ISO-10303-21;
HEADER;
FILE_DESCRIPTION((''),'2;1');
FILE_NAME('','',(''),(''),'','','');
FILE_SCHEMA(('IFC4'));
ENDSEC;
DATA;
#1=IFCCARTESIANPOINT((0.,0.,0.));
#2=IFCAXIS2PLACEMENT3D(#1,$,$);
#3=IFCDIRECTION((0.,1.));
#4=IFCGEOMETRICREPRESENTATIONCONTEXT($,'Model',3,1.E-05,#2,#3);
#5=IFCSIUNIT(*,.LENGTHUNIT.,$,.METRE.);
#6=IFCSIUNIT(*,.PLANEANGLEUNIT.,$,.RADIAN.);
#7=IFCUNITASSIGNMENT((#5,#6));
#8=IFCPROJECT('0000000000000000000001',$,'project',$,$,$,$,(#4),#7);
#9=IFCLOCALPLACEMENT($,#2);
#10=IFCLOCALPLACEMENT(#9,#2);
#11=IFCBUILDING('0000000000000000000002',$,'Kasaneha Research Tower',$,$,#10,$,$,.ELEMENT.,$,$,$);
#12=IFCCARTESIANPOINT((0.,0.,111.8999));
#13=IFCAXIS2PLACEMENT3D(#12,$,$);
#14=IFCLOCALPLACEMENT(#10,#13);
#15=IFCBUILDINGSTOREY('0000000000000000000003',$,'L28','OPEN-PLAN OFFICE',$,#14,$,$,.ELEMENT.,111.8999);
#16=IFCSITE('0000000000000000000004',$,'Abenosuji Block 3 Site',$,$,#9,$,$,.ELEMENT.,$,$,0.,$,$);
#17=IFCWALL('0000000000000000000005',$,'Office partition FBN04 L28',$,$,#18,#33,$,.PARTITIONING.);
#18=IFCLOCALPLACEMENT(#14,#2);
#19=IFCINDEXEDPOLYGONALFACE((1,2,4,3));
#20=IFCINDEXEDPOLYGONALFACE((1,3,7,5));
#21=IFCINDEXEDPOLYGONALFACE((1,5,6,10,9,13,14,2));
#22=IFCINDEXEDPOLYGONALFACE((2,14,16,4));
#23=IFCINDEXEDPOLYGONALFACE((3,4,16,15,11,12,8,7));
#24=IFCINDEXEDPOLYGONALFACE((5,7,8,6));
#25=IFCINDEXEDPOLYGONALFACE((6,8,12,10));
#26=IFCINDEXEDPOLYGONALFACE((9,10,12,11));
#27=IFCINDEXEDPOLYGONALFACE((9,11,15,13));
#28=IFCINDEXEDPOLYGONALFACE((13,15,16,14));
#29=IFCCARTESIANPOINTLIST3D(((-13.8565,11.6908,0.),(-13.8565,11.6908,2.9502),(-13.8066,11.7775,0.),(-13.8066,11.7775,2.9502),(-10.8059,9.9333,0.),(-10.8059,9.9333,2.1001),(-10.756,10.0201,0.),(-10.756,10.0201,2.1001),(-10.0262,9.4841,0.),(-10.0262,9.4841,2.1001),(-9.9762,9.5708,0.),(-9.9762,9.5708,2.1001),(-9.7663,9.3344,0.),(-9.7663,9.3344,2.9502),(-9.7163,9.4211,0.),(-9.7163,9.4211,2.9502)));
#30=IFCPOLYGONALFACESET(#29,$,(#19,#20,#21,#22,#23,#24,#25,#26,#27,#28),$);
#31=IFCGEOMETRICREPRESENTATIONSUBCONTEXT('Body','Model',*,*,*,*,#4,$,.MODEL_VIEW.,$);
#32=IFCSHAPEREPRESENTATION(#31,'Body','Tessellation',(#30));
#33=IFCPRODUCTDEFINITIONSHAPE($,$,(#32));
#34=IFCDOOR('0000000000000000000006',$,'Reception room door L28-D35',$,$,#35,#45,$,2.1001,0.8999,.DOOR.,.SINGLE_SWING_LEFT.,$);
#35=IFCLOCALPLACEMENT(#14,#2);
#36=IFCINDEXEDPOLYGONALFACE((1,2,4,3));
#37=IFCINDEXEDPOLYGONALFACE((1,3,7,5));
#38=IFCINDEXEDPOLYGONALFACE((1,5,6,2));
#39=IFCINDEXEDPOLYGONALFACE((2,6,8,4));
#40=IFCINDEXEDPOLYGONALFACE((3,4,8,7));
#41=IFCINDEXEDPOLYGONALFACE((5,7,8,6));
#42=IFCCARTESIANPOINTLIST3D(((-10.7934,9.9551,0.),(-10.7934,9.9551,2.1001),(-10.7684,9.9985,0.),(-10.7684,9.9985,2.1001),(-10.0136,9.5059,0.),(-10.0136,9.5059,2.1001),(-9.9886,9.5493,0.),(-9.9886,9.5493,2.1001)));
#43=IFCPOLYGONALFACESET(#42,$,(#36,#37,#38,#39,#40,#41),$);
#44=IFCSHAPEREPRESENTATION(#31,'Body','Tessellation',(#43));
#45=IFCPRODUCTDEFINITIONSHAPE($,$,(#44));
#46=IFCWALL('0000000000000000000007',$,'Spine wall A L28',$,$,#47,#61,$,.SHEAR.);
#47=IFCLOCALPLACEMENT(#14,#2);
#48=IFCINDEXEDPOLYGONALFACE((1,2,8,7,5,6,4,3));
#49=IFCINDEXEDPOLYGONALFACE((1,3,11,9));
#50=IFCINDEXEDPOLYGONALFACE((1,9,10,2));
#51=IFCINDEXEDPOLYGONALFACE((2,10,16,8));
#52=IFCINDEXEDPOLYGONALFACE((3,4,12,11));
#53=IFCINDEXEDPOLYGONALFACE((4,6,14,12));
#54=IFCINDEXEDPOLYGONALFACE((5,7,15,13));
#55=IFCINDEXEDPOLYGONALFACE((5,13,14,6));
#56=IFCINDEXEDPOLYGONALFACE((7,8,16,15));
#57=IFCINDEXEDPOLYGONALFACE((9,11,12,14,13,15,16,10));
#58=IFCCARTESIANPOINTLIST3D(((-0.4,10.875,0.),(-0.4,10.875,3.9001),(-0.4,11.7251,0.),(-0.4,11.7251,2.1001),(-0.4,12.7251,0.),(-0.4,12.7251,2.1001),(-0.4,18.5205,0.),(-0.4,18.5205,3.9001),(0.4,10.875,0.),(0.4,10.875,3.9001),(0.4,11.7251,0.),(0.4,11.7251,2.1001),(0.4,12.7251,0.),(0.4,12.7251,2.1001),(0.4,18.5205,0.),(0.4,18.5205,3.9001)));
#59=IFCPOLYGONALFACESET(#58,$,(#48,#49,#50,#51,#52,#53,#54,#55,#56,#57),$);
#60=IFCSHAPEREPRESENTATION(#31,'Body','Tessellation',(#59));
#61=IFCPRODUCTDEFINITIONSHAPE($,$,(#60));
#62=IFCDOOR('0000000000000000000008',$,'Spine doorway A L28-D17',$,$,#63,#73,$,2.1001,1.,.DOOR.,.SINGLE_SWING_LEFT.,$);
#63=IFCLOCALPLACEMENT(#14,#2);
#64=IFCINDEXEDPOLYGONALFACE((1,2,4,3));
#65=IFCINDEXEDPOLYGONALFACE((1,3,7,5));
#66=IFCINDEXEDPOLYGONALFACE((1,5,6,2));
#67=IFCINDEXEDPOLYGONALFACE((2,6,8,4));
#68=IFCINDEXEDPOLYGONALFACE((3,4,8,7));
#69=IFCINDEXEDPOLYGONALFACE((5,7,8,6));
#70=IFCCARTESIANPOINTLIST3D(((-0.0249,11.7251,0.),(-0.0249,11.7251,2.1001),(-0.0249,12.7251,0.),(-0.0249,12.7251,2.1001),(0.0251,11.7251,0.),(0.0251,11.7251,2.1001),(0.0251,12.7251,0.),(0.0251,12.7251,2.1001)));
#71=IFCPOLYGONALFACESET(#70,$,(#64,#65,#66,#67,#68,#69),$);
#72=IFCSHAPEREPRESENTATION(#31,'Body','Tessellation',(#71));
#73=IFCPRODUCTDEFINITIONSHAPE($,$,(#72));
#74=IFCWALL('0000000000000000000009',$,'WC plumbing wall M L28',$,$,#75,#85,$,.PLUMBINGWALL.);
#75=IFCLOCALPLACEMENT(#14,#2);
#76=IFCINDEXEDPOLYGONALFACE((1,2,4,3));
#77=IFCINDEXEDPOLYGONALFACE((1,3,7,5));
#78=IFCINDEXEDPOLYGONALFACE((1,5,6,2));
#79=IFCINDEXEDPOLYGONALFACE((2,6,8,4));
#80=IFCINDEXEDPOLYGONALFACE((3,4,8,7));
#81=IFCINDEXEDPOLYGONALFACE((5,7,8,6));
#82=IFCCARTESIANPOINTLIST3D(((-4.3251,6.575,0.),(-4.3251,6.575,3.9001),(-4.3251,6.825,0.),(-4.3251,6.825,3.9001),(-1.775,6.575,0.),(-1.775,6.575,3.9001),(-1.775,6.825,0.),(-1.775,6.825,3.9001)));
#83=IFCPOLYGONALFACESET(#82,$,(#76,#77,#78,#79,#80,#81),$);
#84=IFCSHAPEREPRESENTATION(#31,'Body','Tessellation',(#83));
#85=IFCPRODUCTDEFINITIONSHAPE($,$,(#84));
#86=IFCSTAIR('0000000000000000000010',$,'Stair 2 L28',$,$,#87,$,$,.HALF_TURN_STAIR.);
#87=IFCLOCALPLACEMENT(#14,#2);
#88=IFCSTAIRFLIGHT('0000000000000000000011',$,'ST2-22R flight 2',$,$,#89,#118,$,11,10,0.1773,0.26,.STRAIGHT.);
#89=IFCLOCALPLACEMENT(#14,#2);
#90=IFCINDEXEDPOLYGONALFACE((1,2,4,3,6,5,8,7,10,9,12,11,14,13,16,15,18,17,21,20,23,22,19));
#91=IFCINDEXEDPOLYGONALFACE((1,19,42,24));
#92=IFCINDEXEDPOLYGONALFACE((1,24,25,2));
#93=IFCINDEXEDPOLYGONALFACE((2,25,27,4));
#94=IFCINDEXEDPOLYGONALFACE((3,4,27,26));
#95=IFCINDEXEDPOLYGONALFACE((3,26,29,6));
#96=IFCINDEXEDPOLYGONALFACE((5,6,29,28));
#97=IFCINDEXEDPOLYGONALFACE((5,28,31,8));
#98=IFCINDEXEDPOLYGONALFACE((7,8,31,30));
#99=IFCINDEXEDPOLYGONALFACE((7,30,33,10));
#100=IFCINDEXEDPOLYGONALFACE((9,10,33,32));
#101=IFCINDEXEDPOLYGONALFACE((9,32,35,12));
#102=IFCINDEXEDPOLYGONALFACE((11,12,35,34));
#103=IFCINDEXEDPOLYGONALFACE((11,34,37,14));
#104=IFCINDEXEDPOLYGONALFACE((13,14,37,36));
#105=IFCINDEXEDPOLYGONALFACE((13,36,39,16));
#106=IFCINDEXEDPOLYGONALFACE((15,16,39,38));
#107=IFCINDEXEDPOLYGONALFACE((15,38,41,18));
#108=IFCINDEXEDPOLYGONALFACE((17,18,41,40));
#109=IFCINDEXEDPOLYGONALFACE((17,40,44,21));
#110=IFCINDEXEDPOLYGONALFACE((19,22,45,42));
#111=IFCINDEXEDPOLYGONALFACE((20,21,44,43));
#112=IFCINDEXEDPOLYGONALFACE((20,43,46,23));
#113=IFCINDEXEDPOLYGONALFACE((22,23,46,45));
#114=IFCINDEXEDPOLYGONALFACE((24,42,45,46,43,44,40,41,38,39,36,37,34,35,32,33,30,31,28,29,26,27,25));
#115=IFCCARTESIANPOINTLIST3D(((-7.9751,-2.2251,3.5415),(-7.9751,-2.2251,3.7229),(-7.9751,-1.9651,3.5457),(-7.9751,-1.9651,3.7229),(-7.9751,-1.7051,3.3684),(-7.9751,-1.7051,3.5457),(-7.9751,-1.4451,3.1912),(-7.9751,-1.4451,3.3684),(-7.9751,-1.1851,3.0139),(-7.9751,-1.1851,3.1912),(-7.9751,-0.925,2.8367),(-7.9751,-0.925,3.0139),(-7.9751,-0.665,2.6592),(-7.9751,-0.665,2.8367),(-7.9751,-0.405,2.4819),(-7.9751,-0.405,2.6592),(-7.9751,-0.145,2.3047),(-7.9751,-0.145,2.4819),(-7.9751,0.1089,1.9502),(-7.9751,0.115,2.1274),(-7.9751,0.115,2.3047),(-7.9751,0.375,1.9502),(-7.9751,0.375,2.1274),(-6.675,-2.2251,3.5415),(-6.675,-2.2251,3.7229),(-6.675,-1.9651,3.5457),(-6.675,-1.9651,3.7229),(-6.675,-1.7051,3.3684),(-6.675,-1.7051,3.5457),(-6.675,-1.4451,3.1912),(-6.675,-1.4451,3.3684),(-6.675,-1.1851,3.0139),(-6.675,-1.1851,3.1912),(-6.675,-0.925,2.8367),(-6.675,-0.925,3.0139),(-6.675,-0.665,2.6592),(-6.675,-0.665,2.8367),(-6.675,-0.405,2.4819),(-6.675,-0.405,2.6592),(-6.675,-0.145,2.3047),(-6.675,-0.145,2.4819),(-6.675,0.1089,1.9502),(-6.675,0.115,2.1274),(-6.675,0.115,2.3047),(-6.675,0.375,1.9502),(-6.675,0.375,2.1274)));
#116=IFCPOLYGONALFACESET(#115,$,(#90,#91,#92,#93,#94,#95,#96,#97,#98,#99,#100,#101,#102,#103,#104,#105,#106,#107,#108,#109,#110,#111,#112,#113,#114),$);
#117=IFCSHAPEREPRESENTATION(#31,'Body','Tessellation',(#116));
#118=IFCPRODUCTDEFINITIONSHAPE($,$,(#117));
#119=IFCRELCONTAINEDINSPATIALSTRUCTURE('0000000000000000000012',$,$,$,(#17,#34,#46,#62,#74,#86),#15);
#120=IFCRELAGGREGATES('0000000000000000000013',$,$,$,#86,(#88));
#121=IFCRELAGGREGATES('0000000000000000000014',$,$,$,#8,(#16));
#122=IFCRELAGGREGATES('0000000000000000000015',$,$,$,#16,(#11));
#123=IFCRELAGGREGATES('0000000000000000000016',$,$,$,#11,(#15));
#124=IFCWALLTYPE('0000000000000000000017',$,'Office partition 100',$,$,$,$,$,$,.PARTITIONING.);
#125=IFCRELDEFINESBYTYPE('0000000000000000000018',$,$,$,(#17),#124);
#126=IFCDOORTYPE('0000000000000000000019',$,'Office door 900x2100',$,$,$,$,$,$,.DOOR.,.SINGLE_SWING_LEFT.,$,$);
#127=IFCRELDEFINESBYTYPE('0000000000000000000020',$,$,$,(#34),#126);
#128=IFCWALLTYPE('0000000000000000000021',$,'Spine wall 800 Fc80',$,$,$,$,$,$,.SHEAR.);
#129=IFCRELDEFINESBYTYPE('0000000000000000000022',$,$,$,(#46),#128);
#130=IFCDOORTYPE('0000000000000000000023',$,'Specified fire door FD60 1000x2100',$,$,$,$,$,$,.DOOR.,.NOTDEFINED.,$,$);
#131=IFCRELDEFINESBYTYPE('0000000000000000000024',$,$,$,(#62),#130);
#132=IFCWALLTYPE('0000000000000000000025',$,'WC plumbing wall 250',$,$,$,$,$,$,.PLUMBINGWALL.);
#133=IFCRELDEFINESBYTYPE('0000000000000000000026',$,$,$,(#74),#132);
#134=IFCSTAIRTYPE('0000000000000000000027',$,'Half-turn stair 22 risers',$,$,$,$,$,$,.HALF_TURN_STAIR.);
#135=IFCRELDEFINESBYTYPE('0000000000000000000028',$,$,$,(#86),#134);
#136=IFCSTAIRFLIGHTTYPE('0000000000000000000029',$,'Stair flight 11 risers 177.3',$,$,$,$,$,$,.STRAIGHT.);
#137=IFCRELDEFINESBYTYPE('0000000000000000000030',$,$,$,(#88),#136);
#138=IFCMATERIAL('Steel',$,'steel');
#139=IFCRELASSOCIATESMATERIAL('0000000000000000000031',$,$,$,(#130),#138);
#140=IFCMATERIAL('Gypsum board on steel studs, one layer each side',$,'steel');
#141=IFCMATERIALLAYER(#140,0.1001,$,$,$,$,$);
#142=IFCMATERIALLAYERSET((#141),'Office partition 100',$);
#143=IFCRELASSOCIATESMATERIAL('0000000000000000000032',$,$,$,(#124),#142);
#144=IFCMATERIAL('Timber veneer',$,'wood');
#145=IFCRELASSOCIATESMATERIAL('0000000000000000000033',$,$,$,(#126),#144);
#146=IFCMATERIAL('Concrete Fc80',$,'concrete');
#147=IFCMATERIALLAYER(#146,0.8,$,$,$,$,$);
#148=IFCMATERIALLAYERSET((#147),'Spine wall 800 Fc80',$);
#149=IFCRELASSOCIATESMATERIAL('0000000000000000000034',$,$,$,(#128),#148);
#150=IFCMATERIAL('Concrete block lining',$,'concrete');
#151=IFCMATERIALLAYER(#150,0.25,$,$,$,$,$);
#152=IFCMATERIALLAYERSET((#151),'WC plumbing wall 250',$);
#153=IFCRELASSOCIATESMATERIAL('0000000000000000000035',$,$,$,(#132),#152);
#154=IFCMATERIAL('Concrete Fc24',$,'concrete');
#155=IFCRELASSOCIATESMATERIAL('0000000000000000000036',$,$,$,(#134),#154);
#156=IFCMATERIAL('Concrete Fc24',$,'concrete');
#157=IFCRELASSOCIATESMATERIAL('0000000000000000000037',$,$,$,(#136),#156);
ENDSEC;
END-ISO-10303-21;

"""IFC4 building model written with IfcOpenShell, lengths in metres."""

from ifc_helpers import new_model, si_unit, direction, frame, frame_2d, origin, place, context, subcontext, project, spatial, polyline, rectangle, outline, extrude, material, layer, layer_set, type_object, element, fill, aggregate, save


model = new_model("IFC4")

# Units and contexts
model_context = context("Model", 3, precision=1e-05, world=origin(), true_north=direction((0.0, 1.0)))
body_context = subcontext(model_context, "Body", "Model", "MODEL_VIEW")
ifc_project = project(units=[si_unit("LENGTHUNIT", "METRE"), si_unit("PLANEANGLEUNIT", "RADIAN")], contexts=[model_context])

# Site, building, storey
site_placement = place(None, origin())
site = spatial("IfcSite", under=ifc_project, at=site_placement, Name="Abenosuji Block 3 Site", CompositionType="ELEMENT", RefElevation=0.0)
building_placement = place(site_placement, origin())
building = spatial("IfcBuilding", under=site, at=building_placement, Name="Kasaneha Research Tower", CompositionType="ELEMENT")
storey_placement = place(building_placement, frame((0.0, 0.0, 111.8999)))
storey = spatial("IfcBuildingStorey", under=building, at=storey_placement, Name="L28", Description="OPEN-PLAN OFFICE", CompositionType="ELEMENT", Elevation=111.8999)

# Shared definitions
ifc_material_1 = material(Name="Steel", Category="steel")
door_type_1 = type_object("IfcDoorType", Name="Specified fire door FD60 1000x2100", OperationType="NOTDEFINED", PredefinedType="DOOR", material=ifc_material_1)

# Walls, openings, doors
ifc_material_2 = material(Name="Gypsum board on steel studs, one layer each side", Category="steel")
ifc_layer_1 = layer(ifc_material_2, 0.1001)
ifc_layer_set_1 = layer_set([ifc_layer_1], Name="Office partition 100")
wall_type_1 = type_object("IfcWallType", Name="Office partition 100", PredefinedType="PARTITIONING", material=ifc_layer_set_1)
wall_1_placement = place(storey_placement, frame((-9.7412, 9.3777, 0.0), z_axis=(0.0, 0.0, 1.0), x_axis=(-0.866494, 0.499188, 0.0)))
wall_1 = element("IfcWall", 1, at=wall_1_placement, inside=storey, type_object=wall_type_1, Name="Office partition FBN04 L28", PredefinedType="PARTITIONING", context=body_context, shape_type="SweptSolid", body=[
    extrude(rectangle(XDim=4.7205, YDim=0.1001, at=frame_2d((2.3604, 0.0))), origin(), (0.0, 0.0, 1.0), 2.9502),
])
opening_1_placement = place(wall_1_placement, frame((0.3, 0.0, 0.0)))
opening_1 = element("IfcOpeningElement", 2, at=opening_1_placement, cuts=wall_1, PredefinedType="OPENING", context=body_context, shape_type="SweptSolid", body=[
    extrude(rectangle(XDim=0.8999, YDim=2.1001, at=frame_2d((0.45, 1.05))), frame((0.0, 0.0601, 0.0), z_axis=(0.0, -1.0, 0.0), x_axis=(1.0, 0.0, 0.0)), (0.0, 0.0, 1.0), 0.1201),
])
ifc_material_3 = material(Name="Timber veneer", Category="wood")
door_type_2 = type_object("IfcDoorType", Name="Office door 900x2100", OperationType="SINGLE_SWING_LEFT", PredefinedType="DOOR", material=ifc_material_3)
door_1_placement = place(opening_1_placement, origin())
door_1 = element("IfcDoor", 3, at=door_1_placement, inside=storey, type_object=door_type_2, Name="Reception room door L28-D35", OperationType="SINGLE_SWING_LEFT", OverallHeight=2.1001, OverallWidth=0.8999, PredefinedType="DOOR", context=body_context, shape_type="SweptSolid", body=[
    extrude(rectangle(XDim=0.8999, YDim=2.1001, at=frame_2d((0.45, 1.05))), frame((0.0, 0.0249, 0.0), z_axis=(0.0, -1.0, 0.0), x_axis=(1.0, 0.0, 0.0)), (0.0, 0.0, 1.0), 0.05),
])
fill(opening_1, door_1)
ifc_material_4 = material(Name="Concrete Fc80", Category="concrete")
ifc_layer_2 = layer(ifc_material_4, 0.8)
ifc_layer_set_2 = layer_set([ifc_layer_2], Name="Spine wall 800 Fc80")
wall_type_2 = type_object("IfcWallType", Name="Spine wall 800 Fc80", PredefinedType="SHEAR", material=ifc_layer_set_2)
wall_2_placement = place(storey_placement, frame((0.0, 10.875, 0.0), z_axis=(0.0, 0.0, 1.0), x_axis=(0.0, 1.0, 0.0)))
wall_2 = element("IfcWall", 4, at=wall_2_placement, inside=storey, type_object=wall_type_2, Name="Spine wall A L28", PredefinedType="SHEAR", context=body_context, shape_type="SweptSolid", body=[
    extrude(rectangle(XDim=7.6455, YDim=0.8, at=frame_2d((3.8228, 0.0))), origin(), (0.0, 0.0, 1.0), 3.9001),
])
opening_2_placement = place(wall_2_placement, frame((0.8501, 0.0, 0.0)))
opening_2 = element("IfcOpeningElement", 5, at=opening_2_placement, cuts=wall_2, PredefinedType="OPENING", context=body_context, shape_type="SweptSolid", body=[
    extrude(rectangle(XDim=1.0, YDim=2.1001, at=frame_2d((0.5, 1.05))), frame((0.0, 0.4102, 0.0), z_axis=(0.0, -1.0, 0.0), x_axis=(1.0, 0.0, 0.0)), (0.0, 0.0, 1.0), 0.8201),
])
door_2_placement = place(opening_2_placement, origin())
door_2 = element("IfcDoor", 6, at=door_2_placement, inside=storey, type_object=door_type_1, Name="Spine doorway A L28-D17", OperationType="SINGLE_SWING_LEFT", OverallHeight=2.1001, OverallWidth=1.0, PredefinedType="DOOR", context=body_context, shape_type="SweptSolid", body=[
    extrude(rectangle(XDim=1.0, YDim=2.1001, at=frame_2d((0.5, 1.05))), frame((0.0, 0.0249, 0.0), z_axis=(0.0, -1.0, 0.0), x_axis=(1.0, 0.0, 0.0)), (0.0, 0.0, 1.0), 0.05),
])
fill(opening_2, door_2)

# Wall
ifc_material_5 = material(Name="Concrete block lining", Category="concrete")
ifc_layer_3 = layer(ifc_material_5, 0.25)
ifc_layer_set_3 = layer_set([ifc_layer_3], Name="WC plumbing wall 250")
wall_type_3 = type_object("IfcWallType", Name="WC plumbing wall 250", PredefinedType="PLUMBINGWALL", material=ifc_layer_set_3)
wall_3_placement = place(storey_placement, frame((-4.325, 6.7, 0.0), z_axis=(0.0, 0.0, 1.0), x_axis=(1.0, 0.0, 0.0)))
element("IfcWall", 7, at=wall_3_placement, inside=storey, type_object=wall_type_3, Name="WC plumbing wall M L28", PredefinedType="PLUMBINGWALL", context=body_context, shape_type="SweptSolid", body=[
    extrude(rectangle(XDim=2.55, YDim=0.25, at=frame_2d((1.2749, 0.0))), origin(), (0.0, 0.0, 1.0), 3.9001),
])

# Stair, stair flight
ifc_material_6 = material(Name="Concrete Fc24", Category="concrete")
stair_type = type_object("IfcStairType", Name="Half-turn stair 22 risers", PredefinedType="HALF_TURN_STAIR", material=ifc_material_6)
stair_placement = place(storey_placement, origin())
stair = element("IfcStair", 8, at=stair_placement, inside=storey, type_object=stair_type, Name="Stair 2 L28", PredefinedType="HALF_TURN_STAIR")
ifc_material_7 = material(Name="Concrete Fc24", Category="concrete")
stair_flight_type = type_object("IfcStairFlightType", Name="Stair flight 11 risers 177.3", PredefinedType="STRAIGHT", material=ifc_material_7)
stair_flight_placement = place(storey_placement, frame((-7.325, 0.375, 1.9502), z_axis=(0.0, 0.0, 1.0), x_axis=(0.0, -1.0, 0.0)))
stair_flight = element("IfcStairFlight", 9, at=stair_flight_placement, type_object=stair_flight_type, Name="ST2-22R flight 2", NumberOfRisers=11, NumberOfTreads=10, PredefinedType="STRAIGHT", RiserHeight=0.1773, TreadLength=0.26, context=body_context, shape_type="SweptSolid", body=[
    extrude(outline(polyline([(0.0, 0.0), (0.0, 0.1772), (0.26, 0.1772), (0.26, 0.3545), (0.52, 0.3545), (0.52, 0.5317), (0.78, 0.5317), (0.78, 0.709), (1.04, 0.709), (1.04, 0.8865), (1.3, 0.8865), (1.3, 1.0637), (1.5601, 1.0637), (1.5601, 1.241), (1.8201, 1.241), (1.8201, 1.4182), (2.0801, 1.4182), (2.0801, 1.5955), (2.3401, 1.5955), (2.3401, 1.7727), (2.6001, 1.7727), (2.6001, 1.95), (2.6001, 1.5913), (0.2661, 0.0), (0.0, 0.0)])), frame((0.0, 0.6499, 0.0), z_axis=(0.0, -1.0, 0.0), x_axis=(1.0, 0.0, 0.0)), (0.0, 0.0, 1.0), 1.3),
])
aggregate(stair, [stair_flight])

save(model, "model.ifc")
